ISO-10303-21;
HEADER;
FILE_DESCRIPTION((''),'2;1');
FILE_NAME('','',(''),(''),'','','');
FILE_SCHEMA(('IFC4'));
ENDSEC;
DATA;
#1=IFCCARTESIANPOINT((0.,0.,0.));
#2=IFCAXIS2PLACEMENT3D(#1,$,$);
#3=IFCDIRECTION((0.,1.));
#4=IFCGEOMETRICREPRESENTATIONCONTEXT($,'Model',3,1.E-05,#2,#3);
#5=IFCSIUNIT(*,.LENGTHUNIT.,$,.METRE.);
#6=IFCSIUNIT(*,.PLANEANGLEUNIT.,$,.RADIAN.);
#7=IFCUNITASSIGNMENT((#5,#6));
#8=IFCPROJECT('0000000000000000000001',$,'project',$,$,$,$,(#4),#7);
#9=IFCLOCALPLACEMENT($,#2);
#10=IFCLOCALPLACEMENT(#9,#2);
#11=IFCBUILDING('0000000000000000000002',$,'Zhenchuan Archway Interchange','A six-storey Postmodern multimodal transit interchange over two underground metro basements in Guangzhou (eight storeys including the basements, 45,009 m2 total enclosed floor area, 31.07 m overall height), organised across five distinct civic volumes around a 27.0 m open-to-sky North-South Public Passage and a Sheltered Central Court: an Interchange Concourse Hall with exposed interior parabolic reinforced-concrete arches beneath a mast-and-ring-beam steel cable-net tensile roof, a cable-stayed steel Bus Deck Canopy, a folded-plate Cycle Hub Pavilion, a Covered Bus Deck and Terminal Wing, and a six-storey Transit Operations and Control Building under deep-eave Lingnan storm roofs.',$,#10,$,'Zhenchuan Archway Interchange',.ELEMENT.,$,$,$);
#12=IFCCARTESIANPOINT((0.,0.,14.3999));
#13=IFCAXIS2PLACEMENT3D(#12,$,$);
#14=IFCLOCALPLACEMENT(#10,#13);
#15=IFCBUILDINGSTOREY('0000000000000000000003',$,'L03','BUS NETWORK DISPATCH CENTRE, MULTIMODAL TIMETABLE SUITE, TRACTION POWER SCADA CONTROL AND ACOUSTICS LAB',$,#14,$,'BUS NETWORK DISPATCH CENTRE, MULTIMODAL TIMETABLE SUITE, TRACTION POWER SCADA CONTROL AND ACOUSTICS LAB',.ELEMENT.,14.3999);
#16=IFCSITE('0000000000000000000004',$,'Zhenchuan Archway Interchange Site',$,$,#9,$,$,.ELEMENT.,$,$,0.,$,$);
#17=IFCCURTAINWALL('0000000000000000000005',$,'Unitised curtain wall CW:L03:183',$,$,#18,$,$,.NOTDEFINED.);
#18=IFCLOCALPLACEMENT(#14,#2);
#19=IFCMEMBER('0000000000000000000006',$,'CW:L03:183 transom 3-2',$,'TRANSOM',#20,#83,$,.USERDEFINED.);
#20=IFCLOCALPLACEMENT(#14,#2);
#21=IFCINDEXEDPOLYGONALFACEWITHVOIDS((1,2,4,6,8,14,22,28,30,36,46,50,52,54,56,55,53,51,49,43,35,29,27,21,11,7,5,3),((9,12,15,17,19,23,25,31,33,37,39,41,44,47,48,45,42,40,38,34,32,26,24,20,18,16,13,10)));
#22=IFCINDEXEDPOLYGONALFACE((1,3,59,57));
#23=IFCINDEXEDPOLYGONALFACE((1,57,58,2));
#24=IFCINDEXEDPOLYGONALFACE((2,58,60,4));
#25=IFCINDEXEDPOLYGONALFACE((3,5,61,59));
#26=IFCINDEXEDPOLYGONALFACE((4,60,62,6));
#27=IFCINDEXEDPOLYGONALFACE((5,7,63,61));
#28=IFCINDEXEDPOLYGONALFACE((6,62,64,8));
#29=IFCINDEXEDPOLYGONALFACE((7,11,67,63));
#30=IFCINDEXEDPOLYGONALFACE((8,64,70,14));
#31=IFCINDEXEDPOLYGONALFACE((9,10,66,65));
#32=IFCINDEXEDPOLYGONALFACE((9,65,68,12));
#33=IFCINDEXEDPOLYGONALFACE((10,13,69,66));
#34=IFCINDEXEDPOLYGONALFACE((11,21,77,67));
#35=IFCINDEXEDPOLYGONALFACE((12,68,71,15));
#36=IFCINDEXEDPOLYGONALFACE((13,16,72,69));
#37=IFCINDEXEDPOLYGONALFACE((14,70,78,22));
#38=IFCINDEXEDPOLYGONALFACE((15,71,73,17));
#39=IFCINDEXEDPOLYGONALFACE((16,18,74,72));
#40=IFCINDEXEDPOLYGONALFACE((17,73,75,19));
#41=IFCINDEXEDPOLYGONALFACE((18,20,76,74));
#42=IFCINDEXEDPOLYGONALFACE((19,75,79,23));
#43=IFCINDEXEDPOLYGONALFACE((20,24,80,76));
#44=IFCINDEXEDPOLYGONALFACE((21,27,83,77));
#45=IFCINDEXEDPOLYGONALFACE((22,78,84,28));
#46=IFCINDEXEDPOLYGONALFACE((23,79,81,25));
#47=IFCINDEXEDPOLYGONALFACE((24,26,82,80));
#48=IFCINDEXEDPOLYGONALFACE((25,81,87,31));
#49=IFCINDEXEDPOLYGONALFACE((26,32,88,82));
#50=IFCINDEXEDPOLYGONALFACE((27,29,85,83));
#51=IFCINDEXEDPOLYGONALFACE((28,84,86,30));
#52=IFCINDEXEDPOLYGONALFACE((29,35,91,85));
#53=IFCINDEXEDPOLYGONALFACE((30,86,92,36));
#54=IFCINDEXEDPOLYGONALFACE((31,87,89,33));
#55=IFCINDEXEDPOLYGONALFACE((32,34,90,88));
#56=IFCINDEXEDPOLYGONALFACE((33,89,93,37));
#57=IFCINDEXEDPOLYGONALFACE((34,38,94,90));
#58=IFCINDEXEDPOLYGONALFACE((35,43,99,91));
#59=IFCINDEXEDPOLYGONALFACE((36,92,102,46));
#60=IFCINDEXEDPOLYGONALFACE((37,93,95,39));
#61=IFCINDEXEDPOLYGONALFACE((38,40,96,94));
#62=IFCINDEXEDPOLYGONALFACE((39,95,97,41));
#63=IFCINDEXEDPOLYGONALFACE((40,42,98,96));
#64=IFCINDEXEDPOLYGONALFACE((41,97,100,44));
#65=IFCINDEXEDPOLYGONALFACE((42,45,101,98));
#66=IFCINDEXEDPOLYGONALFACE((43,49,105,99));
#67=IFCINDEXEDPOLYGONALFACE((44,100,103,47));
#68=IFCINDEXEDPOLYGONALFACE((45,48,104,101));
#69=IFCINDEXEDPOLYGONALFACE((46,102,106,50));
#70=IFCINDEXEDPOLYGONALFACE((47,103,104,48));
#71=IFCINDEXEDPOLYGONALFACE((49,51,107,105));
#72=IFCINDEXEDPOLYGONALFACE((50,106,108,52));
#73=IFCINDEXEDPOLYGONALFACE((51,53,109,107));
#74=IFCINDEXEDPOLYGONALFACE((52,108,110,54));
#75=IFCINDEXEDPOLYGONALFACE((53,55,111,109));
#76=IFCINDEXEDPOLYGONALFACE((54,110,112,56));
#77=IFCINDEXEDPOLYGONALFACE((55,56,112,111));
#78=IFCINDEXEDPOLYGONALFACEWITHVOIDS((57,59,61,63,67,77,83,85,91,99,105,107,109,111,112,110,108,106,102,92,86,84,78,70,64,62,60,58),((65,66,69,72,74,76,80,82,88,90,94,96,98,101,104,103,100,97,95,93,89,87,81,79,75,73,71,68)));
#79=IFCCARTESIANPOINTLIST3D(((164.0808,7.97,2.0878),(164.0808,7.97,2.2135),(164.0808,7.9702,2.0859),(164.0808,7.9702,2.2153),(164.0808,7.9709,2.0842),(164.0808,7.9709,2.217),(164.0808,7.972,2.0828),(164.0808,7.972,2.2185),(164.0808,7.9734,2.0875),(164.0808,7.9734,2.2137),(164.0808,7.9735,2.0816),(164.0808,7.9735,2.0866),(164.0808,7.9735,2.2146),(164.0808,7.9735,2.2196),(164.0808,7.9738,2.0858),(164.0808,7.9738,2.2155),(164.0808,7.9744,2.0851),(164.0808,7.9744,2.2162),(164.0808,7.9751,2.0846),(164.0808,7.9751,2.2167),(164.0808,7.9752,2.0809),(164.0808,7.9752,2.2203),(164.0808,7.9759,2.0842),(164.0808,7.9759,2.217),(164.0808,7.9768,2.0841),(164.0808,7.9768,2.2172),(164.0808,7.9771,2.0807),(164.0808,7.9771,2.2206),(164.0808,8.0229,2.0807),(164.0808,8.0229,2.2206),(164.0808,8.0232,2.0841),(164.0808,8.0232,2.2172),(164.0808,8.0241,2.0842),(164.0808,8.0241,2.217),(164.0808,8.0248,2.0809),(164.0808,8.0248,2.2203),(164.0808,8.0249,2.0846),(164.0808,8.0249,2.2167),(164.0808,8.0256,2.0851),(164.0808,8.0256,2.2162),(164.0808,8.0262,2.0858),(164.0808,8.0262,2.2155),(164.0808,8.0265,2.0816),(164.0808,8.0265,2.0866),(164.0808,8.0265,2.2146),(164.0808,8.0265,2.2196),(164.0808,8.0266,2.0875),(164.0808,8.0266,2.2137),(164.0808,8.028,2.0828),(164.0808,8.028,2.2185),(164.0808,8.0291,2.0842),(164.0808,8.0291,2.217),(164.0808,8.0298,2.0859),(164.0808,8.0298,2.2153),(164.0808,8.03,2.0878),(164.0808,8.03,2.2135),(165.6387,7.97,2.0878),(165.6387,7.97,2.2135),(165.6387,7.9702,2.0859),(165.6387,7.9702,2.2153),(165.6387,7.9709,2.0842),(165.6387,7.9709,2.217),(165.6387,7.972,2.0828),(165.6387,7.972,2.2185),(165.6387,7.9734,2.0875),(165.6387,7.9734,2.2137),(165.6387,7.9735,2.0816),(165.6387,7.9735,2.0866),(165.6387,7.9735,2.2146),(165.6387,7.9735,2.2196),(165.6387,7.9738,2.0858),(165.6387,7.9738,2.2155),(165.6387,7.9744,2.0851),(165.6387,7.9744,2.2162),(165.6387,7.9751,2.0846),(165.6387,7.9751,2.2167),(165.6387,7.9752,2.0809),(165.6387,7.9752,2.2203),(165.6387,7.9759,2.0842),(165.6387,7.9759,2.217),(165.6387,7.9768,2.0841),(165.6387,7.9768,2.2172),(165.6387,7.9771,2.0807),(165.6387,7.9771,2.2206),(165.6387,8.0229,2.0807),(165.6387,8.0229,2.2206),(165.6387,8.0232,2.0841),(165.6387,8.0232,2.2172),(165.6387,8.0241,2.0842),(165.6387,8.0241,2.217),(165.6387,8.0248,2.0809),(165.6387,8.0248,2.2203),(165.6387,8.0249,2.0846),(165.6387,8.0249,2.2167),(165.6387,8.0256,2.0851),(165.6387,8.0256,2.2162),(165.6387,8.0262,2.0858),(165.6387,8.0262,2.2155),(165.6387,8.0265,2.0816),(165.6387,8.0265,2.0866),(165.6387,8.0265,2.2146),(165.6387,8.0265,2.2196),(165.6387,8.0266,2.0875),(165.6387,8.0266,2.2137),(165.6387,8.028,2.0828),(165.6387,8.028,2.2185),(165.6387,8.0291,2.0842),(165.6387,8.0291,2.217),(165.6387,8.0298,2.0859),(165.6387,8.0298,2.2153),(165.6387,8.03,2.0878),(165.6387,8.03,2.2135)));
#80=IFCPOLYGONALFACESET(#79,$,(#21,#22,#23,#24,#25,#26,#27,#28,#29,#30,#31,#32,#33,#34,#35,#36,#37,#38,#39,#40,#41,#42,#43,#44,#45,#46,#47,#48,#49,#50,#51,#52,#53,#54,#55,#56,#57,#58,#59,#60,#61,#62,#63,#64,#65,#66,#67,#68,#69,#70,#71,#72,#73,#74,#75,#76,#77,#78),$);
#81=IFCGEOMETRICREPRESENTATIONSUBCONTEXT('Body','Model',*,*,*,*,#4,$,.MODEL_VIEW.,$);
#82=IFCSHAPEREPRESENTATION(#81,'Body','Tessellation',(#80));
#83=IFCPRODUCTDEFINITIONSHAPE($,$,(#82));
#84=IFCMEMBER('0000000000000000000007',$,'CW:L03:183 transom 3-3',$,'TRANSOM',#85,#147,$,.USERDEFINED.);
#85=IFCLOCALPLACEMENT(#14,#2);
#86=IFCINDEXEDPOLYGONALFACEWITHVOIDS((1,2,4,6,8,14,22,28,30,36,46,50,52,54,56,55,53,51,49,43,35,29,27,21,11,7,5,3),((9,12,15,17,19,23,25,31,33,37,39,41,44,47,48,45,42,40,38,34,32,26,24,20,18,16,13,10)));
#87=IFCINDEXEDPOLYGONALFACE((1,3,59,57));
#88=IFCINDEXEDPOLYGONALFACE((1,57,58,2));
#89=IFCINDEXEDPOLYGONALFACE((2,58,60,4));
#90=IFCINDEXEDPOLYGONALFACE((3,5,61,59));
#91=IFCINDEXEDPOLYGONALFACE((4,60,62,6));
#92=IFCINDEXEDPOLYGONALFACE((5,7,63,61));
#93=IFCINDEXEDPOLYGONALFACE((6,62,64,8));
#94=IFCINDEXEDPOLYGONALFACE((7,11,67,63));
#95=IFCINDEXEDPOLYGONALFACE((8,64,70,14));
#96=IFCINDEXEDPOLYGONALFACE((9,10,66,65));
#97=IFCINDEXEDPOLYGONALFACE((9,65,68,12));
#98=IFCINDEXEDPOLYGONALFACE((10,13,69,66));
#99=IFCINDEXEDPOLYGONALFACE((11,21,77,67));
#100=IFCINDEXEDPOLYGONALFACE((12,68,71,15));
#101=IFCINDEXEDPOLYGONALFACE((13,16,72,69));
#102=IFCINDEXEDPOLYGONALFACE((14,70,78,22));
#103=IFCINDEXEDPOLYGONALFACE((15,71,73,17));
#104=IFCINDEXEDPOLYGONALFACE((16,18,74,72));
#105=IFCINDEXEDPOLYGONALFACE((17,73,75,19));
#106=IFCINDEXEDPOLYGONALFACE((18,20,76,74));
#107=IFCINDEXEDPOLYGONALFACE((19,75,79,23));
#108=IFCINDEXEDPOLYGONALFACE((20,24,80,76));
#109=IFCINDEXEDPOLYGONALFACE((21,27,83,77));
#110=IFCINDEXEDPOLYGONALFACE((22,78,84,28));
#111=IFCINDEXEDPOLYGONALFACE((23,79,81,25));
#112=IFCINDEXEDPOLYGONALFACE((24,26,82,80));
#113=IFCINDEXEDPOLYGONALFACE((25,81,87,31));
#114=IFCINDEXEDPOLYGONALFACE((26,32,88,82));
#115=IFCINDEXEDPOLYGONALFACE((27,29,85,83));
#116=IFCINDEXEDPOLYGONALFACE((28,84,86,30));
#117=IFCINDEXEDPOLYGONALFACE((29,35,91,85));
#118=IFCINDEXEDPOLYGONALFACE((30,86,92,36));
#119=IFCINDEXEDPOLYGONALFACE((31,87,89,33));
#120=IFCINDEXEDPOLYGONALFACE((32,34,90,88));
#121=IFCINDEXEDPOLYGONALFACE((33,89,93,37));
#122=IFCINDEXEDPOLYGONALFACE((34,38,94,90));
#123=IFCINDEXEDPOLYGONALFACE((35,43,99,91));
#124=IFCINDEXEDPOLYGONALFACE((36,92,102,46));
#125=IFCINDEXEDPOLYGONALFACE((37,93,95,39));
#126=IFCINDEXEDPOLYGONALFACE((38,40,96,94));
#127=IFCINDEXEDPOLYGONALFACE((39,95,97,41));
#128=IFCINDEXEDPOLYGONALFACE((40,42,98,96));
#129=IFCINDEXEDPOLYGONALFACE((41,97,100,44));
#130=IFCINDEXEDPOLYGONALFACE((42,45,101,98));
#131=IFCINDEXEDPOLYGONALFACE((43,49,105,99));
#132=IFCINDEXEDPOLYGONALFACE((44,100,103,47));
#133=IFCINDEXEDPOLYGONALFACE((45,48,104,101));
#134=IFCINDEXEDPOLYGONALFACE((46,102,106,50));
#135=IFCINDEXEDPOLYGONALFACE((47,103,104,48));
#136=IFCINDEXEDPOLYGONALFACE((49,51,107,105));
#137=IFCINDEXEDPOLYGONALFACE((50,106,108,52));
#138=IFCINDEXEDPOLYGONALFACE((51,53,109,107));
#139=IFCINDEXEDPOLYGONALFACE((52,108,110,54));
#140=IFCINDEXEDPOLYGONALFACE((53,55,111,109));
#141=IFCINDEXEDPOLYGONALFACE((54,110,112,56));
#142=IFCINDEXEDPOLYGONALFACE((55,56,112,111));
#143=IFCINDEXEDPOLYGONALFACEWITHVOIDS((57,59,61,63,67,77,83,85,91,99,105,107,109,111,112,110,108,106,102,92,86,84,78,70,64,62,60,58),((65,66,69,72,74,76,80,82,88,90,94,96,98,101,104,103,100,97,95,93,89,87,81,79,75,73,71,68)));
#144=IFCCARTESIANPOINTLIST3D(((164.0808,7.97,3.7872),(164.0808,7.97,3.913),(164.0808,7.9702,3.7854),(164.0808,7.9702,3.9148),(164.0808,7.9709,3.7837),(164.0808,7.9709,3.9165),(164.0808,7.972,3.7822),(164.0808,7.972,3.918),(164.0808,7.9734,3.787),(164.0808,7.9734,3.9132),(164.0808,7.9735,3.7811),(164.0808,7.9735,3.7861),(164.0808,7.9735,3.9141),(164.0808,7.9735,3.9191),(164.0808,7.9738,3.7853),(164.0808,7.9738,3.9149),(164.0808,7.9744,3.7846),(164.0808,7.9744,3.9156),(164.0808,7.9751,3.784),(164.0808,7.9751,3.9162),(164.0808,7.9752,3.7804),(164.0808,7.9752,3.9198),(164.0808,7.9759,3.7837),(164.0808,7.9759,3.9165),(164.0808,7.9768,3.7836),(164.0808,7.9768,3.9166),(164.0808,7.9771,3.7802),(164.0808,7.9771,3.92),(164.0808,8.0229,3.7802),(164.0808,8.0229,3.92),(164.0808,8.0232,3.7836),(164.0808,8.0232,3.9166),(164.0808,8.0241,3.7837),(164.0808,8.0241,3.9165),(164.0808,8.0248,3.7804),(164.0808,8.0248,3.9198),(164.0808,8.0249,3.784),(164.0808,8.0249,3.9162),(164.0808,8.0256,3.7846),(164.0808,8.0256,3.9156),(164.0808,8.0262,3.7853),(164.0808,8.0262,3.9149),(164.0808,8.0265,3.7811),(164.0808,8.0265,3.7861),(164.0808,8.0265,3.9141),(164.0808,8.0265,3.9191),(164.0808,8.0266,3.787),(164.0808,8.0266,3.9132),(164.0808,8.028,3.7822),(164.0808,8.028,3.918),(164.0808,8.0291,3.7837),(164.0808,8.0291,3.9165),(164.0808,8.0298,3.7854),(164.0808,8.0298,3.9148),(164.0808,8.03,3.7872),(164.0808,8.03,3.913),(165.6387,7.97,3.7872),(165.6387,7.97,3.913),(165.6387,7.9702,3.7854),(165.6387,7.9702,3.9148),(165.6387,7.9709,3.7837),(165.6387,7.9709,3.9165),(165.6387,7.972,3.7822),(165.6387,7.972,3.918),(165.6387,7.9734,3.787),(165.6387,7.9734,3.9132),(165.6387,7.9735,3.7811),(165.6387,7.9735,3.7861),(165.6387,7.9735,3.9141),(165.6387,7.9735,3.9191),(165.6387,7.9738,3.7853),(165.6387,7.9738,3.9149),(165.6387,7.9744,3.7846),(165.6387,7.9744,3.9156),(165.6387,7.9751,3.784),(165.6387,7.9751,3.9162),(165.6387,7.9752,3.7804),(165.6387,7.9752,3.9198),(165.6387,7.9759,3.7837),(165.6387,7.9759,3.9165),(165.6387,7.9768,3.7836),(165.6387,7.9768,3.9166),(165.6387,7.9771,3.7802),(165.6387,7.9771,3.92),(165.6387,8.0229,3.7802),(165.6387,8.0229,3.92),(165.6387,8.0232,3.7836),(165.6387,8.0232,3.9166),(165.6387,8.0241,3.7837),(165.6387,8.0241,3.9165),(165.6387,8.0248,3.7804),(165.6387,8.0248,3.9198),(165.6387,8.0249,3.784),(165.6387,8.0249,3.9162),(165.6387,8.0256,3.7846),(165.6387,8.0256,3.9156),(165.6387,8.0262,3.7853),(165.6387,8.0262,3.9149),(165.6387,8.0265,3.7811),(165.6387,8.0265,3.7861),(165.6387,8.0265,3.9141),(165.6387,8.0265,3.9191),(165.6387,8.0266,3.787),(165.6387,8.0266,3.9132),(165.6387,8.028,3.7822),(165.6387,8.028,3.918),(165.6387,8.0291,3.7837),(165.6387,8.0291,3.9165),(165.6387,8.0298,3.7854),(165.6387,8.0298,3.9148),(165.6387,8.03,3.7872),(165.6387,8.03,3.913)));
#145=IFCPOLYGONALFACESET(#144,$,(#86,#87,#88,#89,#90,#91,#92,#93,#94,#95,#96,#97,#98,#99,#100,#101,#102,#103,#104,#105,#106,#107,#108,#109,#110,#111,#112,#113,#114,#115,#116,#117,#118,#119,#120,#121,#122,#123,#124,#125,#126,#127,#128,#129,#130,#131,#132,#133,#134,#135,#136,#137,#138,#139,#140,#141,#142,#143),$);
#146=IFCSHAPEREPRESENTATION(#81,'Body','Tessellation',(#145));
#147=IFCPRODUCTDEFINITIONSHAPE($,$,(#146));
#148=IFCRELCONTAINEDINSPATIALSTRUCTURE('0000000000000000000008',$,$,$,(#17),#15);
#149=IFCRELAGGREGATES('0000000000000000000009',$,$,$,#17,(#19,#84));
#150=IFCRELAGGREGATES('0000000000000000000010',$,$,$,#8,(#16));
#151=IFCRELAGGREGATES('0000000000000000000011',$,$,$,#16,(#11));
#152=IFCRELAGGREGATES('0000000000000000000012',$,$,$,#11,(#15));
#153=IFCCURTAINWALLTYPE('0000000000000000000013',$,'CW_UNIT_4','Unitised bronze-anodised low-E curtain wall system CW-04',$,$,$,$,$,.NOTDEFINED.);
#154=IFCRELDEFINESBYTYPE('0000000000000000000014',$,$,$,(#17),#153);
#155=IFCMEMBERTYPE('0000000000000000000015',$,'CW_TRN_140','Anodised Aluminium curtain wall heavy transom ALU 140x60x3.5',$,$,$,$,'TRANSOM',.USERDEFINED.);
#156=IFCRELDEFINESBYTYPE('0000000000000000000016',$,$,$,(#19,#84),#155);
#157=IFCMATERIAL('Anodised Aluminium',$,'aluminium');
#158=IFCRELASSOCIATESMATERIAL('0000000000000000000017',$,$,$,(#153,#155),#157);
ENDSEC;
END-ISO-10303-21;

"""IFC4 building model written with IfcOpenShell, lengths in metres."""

from ifc_helpers import new_model, si_unit, direction, frame, origin, origin_2d, place, context, subcontext, project, spatial, hollow_rectangle, extrude, material, material_profile, profile_set, type_object, element, aggregate, save


model = new_model("IFC4")

# Units and contexts
model_context = context("Model", 3, precision=1e-05, world=origin(), true_north=direction((0.0, 1.0)))
body_context = subcontext(model_context, "Body", "Model", "MODEL_VIEW")
ifc_project = project(units=[si_unit("LENGTHUNIT", "METRE"), si_unit("PLANEANGLEUNIT", "RADIAN")], contexts=[model_context])

# Site, building, storey
site_placement = place(None, origin())
site = spatial("IfcSite", under=ifc_project, at=site_placement, Name="Zhenchuan Archway Interchange Site", CompositionType="ELEMENT", RefElevation=0.0)
building_placement = place(site_placement, origin())
building = spatial("IfcBuilding", under=site, at=building_placement, Name="Zhenchuan Archway Interchange", Description="A six-storey Postmodern multimodal transit interchange over two underground metro basements in Guangzhou (eight storeys including the basements, 45,009 m2 total enclosed floor area, 31.07 m overall height), organised across five distinct civic volumes around a 27.0 m open-to-sky North-South Public Passage and a Sheltered Central Court: an Interchange Concourse Hall with exposed interior parabolic reinforced-concrete arches beneath a mast-and-ring-beam steel cable-net tensile roof, a cable-stayed steel Bus Deck Canopy, a folded-plate Cycle Hub Pavilion, a Covered Bus Deck and Terminal Wing, and a six-storey Transit Operations and Control Building under deep-eave Lingnan storm roofs.", LongName="Zhenchuan Archway Interchange", CompositionType="ELEMENT")
storey_placement = place(building_placement, frame((0.0, 0.0, 14.3999)))
storey = spatial("IfcBuildingStorey", under=building, at=storey_placement, Name="L03", Description="BUS NETWORK DISPATCH CENTRE, MULTIMODAL TIMETABLE SUITE, TRACTION POWER SCADA CONTROL AND ACOUSTICS LAB", LongName="BUS NETWORK DISPATCH CENTRE, MULTIMODAL TIMETABLE SUITE, TRACTION POWER SCADA CONTROL AND ACOUSTICS LAB", CompositionType="ELEMENT", Elevation=14.3999)

# Curtain wall, members
ifc_material_1 = material(Name="Anodised Aluminium", Category="aluminium")
curtain_wall_type = type_object("IfcCurtainWallType", Name="CW_UNIT_4", Description="Unitised bronze-anodised low-E curtain wall system CW-04", PredefinedType="NOTDEFINED", material=ifc_material_1)
curtain_wall_placement = place(storey_placement, origin())
curtain_wall = element("IfcCurtainWall", 1, at=curtain_wall_placement, inside=storey, type_object=curtain_wall_type, Name="Unitised curtain wall CW:L03:183", PredefinedType="NOTDEFINED")
ifc_material_profile_1 = material_profile(ifc_material_1, hollow_rectangle(XDim=0.0601, YDim=0.1399, WallThickness=0.0034, InnerFilletRadius=0.0034, OuterFilletRadius=0.0071, at=origin_2d()), Name="ALU 140x60x3.5")
ifc_profile_set_1 = profile_set([ifc_material_profile_1], Name="Anodised Aluminium")
member_type_1 = type_object("IfcMemberType", Name="CW_TRN_140", Description="Anodised Aluminium curtain wall heavy transom ALU 140x60x3.5", ElementType="TRANSOM", PredefinedType="USERDEFINED", material=ifc_profile_set_1)
member_1_placement = place(storey_placement, frame((165.6387, 8.0, 2.1506), z_axis=(-1.0, 0.0, 0.0), x_axis=(0.0, -1.0, 0.0)))
member_1 = element("IfcMember", 2, at=member_1_placement, type_object=member_type_1, Name="CW:L03:183 transom 3-2", ObjectType="TRANSOM", PredefinedType="USERDEFINED", context=body_context, shape_type="SweptSolid", body=[
    extrude(hollow_rectangle(XDim=0.0601, YDim=0.1399, WallThickness=0.0034, InnerFilletRadius=0.0034, OuterFilletRadius=0.0071, at=origin_2d()), origin(), (0.0, 0.0, 1.0), 1.5579),
])
member_2_placement = place(storey_placement, frame((165.6387, 8.0, 3.8501), z_axis=(-1.0, 0.0, 0.0), x_axis=(0.0, -1.0, 0.0)))
member_2 = element("IfcMember", 3, at=member_2_placement, type_object=member_type_1, Name="CW:L03:183 transom 3-3", ObjectType="TRANSOM", PredefinedType="USERDEFINED", context=body_context, shape_type="SweptSolid", body=[
    extrude(hollow_rectangle(XDim=0.0601, YDim=0.1399, WallThickness=0.0034, InnerFilletRadius=0.0034, OuterFilletRadius=0.0071, at=origin_2d()), origin(), (0.0, 0.0, 1.0), 1.5579),
])

aggregate(curtain_wall, [member_1, member_2])

save(model, "model.ifc")
